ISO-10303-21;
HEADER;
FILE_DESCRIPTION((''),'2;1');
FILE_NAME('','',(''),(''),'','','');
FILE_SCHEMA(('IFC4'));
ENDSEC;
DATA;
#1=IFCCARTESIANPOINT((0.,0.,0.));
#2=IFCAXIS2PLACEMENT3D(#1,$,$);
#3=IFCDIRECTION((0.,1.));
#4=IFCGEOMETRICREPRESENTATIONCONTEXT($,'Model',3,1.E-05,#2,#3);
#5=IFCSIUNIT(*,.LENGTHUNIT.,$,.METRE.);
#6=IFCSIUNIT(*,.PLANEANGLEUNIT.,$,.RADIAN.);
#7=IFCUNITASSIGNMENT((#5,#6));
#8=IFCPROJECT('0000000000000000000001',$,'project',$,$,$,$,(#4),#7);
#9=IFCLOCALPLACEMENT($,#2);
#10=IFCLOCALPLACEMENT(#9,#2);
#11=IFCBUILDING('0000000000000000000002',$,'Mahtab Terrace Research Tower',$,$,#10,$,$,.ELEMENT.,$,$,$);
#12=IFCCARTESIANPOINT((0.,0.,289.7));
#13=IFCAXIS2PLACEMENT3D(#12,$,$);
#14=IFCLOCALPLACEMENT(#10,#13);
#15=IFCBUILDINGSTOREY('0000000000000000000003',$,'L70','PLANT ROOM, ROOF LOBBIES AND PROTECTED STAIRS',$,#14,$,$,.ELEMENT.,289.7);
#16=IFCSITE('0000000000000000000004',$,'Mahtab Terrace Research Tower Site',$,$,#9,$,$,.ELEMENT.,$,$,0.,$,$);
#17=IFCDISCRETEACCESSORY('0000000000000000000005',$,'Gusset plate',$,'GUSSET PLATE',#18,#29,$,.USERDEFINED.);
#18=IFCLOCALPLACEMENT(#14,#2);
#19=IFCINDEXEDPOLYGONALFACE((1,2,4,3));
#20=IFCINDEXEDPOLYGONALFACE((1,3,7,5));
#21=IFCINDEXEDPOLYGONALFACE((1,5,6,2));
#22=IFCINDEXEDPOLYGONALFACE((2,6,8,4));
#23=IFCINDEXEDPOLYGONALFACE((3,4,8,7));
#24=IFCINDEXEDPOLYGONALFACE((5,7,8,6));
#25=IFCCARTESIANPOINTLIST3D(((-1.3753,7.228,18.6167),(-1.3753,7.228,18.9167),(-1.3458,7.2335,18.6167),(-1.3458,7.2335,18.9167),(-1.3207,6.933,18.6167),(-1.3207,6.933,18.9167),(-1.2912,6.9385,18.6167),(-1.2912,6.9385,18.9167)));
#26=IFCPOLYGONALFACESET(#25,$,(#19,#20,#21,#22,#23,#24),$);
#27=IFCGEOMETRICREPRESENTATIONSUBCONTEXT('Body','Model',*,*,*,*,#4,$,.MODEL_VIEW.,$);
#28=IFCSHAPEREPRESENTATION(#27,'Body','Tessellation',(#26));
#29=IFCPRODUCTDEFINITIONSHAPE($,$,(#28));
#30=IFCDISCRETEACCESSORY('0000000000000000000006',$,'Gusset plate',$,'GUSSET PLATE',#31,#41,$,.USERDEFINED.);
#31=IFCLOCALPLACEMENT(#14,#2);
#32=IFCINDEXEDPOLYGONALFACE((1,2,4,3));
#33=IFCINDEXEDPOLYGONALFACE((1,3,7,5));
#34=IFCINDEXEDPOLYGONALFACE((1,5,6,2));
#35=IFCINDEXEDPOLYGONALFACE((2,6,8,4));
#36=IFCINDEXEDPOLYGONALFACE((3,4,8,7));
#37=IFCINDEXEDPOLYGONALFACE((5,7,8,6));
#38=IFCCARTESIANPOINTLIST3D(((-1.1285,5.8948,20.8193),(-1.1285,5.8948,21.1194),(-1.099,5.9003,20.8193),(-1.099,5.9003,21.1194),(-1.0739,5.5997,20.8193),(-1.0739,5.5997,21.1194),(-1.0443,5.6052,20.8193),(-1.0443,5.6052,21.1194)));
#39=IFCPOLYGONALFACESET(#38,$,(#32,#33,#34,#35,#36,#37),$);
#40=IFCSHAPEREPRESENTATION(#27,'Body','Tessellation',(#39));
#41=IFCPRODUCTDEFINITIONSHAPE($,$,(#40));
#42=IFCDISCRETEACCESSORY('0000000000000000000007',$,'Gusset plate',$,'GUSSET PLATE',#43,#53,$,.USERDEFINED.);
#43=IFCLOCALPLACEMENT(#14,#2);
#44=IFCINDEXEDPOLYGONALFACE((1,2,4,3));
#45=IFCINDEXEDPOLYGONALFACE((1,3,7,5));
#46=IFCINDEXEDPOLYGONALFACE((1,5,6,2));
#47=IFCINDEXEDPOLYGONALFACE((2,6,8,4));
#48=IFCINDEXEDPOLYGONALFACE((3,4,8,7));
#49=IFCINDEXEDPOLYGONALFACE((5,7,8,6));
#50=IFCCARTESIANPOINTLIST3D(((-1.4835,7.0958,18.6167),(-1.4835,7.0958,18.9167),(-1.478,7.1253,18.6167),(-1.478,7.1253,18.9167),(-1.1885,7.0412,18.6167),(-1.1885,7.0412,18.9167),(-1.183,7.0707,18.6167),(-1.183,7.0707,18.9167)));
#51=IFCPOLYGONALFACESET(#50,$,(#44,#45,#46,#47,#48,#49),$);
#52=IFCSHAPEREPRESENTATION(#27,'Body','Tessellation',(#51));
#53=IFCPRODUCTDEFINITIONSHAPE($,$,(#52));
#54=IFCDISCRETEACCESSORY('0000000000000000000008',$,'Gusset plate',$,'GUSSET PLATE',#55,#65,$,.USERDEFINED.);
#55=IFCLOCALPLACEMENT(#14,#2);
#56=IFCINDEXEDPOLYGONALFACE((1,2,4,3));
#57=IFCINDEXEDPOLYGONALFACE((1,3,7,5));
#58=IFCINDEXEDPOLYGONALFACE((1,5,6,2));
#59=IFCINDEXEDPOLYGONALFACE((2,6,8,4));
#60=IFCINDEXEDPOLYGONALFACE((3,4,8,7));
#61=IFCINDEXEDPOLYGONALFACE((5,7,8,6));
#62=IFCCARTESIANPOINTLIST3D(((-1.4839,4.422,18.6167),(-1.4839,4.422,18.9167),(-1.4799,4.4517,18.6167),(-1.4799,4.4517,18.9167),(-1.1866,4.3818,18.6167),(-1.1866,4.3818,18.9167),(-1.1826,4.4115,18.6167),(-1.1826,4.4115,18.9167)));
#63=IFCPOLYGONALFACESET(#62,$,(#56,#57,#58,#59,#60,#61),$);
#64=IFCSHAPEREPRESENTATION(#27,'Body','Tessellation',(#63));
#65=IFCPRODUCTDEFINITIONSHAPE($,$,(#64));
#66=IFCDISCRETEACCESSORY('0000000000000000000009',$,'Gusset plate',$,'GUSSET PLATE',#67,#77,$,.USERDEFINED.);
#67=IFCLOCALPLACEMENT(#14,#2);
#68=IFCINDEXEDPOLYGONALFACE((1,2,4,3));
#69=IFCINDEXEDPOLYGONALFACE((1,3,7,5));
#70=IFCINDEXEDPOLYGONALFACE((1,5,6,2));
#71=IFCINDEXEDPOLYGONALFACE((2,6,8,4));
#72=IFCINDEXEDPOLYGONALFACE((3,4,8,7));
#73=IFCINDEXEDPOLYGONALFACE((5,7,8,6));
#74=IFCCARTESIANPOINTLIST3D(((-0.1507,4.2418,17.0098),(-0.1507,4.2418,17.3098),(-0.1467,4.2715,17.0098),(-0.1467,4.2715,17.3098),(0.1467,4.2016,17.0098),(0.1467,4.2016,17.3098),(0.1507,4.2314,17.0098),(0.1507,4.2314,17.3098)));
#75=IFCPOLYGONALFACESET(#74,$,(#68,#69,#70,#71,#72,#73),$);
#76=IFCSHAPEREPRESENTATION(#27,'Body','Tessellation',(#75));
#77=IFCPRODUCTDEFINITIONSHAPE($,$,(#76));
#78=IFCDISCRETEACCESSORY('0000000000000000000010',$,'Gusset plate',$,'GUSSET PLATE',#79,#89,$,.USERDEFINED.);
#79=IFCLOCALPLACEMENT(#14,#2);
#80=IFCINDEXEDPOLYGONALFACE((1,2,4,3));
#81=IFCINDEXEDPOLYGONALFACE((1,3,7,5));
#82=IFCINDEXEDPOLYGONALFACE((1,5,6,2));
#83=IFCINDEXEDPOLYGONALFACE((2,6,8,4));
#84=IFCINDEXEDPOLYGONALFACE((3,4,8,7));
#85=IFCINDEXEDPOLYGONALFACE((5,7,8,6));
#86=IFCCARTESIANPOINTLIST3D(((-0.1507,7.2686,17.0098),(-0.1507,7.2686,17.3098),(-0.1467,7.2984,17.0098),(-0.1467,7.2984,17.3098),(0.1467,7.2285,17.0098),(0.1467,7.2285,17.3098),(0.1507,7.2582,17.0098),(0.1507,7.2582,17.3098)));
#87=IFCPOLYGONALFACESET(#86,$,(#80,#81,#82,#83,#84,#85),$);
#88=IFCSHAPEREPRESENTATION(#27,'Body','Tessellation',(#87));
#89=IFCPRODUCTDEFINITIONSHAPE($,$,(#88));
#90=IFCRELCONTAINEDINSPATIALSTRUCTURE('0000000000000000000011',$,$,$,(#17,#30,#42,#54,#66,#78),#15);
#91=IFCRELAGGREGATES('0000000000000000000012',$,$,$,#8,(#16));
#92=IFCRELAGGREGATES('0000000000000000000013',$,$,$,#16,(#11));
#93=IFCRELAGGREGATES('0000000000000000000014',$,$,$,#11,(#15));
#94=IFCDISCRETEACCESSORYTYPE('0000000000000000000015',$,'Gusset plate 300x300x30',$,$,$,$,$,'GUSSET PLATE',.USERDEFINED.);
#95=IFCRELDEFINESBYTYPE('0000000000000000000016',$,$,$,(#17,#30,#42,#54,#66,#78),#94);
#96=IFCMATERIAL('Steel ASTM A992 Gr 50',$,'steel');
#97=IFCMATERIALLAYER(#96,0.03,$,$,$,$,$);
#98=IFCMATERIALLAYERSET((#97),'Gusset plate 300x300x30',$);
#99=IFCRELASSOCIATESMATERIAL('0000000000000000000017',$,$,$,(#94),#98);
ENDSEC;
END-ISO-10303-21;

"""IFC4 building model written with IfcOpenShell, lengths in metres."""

from ifc_helpers import new_model, si_unit, direction, frame, origin, origin_2d, place, context, subcontext, project, spatial, rectangle, extrude, material, layer, layer_set, type_object, element, save


model = new_model("IFC4")

# Units and contexts
model_context = context("Model", 3, precision=1e-05, world=origin(), true_north=direction((0.0, 1.0)))
body_context = subcontext(model_context, "Body", "Model", "MODEL_VIEW")
ifc_project = project(units=[si_unit("LENGTHUNIT", "METRE"), si_unit("PLANEANGLEUNIT", "RADIAN")], contexts=[model_context])

# Site, building, storey
site_placement = place(None, origin())
site = spatial("IfcSite", under=ifc_project, at=site_placement, Name="Mahtab Terrace Research Tower Site", CompositionType="ELEMENT", RefElevation=0.0)
building_placement = place(site_placement, origin())
building = spatial("IfcBuilding", under=site, at=building_placement, Name="Mahtab Terrace Research Tower", CompositionType="ELEMENT")
storey_placement = place(building_placement, frame((0.0, 0.0, 289.7)))
storey = spatial("IfcBuildingStorey", under=building, at=storey_placement, Name="L70", Description="PLANT ROOM, ROOF LOBBIES AND PROTECTED STAIRS", CompositionType="ELEMENT", Elevation=289.7)

# Discrete accessories
ifc_material_1 = material(Name="Steel ASTM A992 Gr 50", Category="steel")
ifc_layer = layer(ifc_material_1, 0.03)
ifc_layer_set = layer_set([ifc_layer], Name="Gusset plate 300x300x30")
discrete_accessory_type = type_object("IfcDiscreteAccessoryType", Name="Gusset plate 300x300x30", ElementType="GUSSET PLATE", PredefinedType="USERDEFINED", material=ifc_layer_set)
for number, where, z_axis, x_axis, name in (
    (1, (-1.3333, 7.0833, 18.6167), (0.0, 0.0, 1.0), (-0.182081, 0.983284, 0.0), "Gusset plate"),
    (2, (-1.0864, 5.75, 20.8193), (0.0, 0.0, 1.0), (-0.182081, 0.983284, 0.0), "Gusset plate"),
    (3, (-1.3333, 7.0833, 18.6167), (0.0, 0.0, 1.0), (-0.98328, 0.182098, 0.0), "Gusset plate"),
    (4, (-1.3333, 4.4167, 18.6167), (0.0, 0.0, 1.0), (-0.990995, 0.1339, 0.0), "Gusset plate"),
    (5, (0.0, 4.2366, 17.0098), (0.0, 0.0, 1.0), (-0.990993, 0.133917, 0.0), "Gusset plate"),
    (6, (0.0, 7.2634, 17.0098), (0.0, 0.0, 1.0), (-0.990993, 0.133917, 0.0), "Gusset plate"),
):
    element("IfcDiscreteAccessory", number, at=place(storey_placement, frame(where, z_axis=z_axis, x_axis=x_axis)), inside=storey, type_object=discrete_accessory_type, Name=name, ObjectType="GUSSET PLATE", PredefinedType="USERDEFINED", context=body_context, shape_type="SweptSolid", body=[
        extrude(rectangle(XDim=0.3, YDim=0.03, at=origin_2d()), origin(), (0.0, 0.0, 1.0), 0.3),
    ])

save(model, "model.ifc")
